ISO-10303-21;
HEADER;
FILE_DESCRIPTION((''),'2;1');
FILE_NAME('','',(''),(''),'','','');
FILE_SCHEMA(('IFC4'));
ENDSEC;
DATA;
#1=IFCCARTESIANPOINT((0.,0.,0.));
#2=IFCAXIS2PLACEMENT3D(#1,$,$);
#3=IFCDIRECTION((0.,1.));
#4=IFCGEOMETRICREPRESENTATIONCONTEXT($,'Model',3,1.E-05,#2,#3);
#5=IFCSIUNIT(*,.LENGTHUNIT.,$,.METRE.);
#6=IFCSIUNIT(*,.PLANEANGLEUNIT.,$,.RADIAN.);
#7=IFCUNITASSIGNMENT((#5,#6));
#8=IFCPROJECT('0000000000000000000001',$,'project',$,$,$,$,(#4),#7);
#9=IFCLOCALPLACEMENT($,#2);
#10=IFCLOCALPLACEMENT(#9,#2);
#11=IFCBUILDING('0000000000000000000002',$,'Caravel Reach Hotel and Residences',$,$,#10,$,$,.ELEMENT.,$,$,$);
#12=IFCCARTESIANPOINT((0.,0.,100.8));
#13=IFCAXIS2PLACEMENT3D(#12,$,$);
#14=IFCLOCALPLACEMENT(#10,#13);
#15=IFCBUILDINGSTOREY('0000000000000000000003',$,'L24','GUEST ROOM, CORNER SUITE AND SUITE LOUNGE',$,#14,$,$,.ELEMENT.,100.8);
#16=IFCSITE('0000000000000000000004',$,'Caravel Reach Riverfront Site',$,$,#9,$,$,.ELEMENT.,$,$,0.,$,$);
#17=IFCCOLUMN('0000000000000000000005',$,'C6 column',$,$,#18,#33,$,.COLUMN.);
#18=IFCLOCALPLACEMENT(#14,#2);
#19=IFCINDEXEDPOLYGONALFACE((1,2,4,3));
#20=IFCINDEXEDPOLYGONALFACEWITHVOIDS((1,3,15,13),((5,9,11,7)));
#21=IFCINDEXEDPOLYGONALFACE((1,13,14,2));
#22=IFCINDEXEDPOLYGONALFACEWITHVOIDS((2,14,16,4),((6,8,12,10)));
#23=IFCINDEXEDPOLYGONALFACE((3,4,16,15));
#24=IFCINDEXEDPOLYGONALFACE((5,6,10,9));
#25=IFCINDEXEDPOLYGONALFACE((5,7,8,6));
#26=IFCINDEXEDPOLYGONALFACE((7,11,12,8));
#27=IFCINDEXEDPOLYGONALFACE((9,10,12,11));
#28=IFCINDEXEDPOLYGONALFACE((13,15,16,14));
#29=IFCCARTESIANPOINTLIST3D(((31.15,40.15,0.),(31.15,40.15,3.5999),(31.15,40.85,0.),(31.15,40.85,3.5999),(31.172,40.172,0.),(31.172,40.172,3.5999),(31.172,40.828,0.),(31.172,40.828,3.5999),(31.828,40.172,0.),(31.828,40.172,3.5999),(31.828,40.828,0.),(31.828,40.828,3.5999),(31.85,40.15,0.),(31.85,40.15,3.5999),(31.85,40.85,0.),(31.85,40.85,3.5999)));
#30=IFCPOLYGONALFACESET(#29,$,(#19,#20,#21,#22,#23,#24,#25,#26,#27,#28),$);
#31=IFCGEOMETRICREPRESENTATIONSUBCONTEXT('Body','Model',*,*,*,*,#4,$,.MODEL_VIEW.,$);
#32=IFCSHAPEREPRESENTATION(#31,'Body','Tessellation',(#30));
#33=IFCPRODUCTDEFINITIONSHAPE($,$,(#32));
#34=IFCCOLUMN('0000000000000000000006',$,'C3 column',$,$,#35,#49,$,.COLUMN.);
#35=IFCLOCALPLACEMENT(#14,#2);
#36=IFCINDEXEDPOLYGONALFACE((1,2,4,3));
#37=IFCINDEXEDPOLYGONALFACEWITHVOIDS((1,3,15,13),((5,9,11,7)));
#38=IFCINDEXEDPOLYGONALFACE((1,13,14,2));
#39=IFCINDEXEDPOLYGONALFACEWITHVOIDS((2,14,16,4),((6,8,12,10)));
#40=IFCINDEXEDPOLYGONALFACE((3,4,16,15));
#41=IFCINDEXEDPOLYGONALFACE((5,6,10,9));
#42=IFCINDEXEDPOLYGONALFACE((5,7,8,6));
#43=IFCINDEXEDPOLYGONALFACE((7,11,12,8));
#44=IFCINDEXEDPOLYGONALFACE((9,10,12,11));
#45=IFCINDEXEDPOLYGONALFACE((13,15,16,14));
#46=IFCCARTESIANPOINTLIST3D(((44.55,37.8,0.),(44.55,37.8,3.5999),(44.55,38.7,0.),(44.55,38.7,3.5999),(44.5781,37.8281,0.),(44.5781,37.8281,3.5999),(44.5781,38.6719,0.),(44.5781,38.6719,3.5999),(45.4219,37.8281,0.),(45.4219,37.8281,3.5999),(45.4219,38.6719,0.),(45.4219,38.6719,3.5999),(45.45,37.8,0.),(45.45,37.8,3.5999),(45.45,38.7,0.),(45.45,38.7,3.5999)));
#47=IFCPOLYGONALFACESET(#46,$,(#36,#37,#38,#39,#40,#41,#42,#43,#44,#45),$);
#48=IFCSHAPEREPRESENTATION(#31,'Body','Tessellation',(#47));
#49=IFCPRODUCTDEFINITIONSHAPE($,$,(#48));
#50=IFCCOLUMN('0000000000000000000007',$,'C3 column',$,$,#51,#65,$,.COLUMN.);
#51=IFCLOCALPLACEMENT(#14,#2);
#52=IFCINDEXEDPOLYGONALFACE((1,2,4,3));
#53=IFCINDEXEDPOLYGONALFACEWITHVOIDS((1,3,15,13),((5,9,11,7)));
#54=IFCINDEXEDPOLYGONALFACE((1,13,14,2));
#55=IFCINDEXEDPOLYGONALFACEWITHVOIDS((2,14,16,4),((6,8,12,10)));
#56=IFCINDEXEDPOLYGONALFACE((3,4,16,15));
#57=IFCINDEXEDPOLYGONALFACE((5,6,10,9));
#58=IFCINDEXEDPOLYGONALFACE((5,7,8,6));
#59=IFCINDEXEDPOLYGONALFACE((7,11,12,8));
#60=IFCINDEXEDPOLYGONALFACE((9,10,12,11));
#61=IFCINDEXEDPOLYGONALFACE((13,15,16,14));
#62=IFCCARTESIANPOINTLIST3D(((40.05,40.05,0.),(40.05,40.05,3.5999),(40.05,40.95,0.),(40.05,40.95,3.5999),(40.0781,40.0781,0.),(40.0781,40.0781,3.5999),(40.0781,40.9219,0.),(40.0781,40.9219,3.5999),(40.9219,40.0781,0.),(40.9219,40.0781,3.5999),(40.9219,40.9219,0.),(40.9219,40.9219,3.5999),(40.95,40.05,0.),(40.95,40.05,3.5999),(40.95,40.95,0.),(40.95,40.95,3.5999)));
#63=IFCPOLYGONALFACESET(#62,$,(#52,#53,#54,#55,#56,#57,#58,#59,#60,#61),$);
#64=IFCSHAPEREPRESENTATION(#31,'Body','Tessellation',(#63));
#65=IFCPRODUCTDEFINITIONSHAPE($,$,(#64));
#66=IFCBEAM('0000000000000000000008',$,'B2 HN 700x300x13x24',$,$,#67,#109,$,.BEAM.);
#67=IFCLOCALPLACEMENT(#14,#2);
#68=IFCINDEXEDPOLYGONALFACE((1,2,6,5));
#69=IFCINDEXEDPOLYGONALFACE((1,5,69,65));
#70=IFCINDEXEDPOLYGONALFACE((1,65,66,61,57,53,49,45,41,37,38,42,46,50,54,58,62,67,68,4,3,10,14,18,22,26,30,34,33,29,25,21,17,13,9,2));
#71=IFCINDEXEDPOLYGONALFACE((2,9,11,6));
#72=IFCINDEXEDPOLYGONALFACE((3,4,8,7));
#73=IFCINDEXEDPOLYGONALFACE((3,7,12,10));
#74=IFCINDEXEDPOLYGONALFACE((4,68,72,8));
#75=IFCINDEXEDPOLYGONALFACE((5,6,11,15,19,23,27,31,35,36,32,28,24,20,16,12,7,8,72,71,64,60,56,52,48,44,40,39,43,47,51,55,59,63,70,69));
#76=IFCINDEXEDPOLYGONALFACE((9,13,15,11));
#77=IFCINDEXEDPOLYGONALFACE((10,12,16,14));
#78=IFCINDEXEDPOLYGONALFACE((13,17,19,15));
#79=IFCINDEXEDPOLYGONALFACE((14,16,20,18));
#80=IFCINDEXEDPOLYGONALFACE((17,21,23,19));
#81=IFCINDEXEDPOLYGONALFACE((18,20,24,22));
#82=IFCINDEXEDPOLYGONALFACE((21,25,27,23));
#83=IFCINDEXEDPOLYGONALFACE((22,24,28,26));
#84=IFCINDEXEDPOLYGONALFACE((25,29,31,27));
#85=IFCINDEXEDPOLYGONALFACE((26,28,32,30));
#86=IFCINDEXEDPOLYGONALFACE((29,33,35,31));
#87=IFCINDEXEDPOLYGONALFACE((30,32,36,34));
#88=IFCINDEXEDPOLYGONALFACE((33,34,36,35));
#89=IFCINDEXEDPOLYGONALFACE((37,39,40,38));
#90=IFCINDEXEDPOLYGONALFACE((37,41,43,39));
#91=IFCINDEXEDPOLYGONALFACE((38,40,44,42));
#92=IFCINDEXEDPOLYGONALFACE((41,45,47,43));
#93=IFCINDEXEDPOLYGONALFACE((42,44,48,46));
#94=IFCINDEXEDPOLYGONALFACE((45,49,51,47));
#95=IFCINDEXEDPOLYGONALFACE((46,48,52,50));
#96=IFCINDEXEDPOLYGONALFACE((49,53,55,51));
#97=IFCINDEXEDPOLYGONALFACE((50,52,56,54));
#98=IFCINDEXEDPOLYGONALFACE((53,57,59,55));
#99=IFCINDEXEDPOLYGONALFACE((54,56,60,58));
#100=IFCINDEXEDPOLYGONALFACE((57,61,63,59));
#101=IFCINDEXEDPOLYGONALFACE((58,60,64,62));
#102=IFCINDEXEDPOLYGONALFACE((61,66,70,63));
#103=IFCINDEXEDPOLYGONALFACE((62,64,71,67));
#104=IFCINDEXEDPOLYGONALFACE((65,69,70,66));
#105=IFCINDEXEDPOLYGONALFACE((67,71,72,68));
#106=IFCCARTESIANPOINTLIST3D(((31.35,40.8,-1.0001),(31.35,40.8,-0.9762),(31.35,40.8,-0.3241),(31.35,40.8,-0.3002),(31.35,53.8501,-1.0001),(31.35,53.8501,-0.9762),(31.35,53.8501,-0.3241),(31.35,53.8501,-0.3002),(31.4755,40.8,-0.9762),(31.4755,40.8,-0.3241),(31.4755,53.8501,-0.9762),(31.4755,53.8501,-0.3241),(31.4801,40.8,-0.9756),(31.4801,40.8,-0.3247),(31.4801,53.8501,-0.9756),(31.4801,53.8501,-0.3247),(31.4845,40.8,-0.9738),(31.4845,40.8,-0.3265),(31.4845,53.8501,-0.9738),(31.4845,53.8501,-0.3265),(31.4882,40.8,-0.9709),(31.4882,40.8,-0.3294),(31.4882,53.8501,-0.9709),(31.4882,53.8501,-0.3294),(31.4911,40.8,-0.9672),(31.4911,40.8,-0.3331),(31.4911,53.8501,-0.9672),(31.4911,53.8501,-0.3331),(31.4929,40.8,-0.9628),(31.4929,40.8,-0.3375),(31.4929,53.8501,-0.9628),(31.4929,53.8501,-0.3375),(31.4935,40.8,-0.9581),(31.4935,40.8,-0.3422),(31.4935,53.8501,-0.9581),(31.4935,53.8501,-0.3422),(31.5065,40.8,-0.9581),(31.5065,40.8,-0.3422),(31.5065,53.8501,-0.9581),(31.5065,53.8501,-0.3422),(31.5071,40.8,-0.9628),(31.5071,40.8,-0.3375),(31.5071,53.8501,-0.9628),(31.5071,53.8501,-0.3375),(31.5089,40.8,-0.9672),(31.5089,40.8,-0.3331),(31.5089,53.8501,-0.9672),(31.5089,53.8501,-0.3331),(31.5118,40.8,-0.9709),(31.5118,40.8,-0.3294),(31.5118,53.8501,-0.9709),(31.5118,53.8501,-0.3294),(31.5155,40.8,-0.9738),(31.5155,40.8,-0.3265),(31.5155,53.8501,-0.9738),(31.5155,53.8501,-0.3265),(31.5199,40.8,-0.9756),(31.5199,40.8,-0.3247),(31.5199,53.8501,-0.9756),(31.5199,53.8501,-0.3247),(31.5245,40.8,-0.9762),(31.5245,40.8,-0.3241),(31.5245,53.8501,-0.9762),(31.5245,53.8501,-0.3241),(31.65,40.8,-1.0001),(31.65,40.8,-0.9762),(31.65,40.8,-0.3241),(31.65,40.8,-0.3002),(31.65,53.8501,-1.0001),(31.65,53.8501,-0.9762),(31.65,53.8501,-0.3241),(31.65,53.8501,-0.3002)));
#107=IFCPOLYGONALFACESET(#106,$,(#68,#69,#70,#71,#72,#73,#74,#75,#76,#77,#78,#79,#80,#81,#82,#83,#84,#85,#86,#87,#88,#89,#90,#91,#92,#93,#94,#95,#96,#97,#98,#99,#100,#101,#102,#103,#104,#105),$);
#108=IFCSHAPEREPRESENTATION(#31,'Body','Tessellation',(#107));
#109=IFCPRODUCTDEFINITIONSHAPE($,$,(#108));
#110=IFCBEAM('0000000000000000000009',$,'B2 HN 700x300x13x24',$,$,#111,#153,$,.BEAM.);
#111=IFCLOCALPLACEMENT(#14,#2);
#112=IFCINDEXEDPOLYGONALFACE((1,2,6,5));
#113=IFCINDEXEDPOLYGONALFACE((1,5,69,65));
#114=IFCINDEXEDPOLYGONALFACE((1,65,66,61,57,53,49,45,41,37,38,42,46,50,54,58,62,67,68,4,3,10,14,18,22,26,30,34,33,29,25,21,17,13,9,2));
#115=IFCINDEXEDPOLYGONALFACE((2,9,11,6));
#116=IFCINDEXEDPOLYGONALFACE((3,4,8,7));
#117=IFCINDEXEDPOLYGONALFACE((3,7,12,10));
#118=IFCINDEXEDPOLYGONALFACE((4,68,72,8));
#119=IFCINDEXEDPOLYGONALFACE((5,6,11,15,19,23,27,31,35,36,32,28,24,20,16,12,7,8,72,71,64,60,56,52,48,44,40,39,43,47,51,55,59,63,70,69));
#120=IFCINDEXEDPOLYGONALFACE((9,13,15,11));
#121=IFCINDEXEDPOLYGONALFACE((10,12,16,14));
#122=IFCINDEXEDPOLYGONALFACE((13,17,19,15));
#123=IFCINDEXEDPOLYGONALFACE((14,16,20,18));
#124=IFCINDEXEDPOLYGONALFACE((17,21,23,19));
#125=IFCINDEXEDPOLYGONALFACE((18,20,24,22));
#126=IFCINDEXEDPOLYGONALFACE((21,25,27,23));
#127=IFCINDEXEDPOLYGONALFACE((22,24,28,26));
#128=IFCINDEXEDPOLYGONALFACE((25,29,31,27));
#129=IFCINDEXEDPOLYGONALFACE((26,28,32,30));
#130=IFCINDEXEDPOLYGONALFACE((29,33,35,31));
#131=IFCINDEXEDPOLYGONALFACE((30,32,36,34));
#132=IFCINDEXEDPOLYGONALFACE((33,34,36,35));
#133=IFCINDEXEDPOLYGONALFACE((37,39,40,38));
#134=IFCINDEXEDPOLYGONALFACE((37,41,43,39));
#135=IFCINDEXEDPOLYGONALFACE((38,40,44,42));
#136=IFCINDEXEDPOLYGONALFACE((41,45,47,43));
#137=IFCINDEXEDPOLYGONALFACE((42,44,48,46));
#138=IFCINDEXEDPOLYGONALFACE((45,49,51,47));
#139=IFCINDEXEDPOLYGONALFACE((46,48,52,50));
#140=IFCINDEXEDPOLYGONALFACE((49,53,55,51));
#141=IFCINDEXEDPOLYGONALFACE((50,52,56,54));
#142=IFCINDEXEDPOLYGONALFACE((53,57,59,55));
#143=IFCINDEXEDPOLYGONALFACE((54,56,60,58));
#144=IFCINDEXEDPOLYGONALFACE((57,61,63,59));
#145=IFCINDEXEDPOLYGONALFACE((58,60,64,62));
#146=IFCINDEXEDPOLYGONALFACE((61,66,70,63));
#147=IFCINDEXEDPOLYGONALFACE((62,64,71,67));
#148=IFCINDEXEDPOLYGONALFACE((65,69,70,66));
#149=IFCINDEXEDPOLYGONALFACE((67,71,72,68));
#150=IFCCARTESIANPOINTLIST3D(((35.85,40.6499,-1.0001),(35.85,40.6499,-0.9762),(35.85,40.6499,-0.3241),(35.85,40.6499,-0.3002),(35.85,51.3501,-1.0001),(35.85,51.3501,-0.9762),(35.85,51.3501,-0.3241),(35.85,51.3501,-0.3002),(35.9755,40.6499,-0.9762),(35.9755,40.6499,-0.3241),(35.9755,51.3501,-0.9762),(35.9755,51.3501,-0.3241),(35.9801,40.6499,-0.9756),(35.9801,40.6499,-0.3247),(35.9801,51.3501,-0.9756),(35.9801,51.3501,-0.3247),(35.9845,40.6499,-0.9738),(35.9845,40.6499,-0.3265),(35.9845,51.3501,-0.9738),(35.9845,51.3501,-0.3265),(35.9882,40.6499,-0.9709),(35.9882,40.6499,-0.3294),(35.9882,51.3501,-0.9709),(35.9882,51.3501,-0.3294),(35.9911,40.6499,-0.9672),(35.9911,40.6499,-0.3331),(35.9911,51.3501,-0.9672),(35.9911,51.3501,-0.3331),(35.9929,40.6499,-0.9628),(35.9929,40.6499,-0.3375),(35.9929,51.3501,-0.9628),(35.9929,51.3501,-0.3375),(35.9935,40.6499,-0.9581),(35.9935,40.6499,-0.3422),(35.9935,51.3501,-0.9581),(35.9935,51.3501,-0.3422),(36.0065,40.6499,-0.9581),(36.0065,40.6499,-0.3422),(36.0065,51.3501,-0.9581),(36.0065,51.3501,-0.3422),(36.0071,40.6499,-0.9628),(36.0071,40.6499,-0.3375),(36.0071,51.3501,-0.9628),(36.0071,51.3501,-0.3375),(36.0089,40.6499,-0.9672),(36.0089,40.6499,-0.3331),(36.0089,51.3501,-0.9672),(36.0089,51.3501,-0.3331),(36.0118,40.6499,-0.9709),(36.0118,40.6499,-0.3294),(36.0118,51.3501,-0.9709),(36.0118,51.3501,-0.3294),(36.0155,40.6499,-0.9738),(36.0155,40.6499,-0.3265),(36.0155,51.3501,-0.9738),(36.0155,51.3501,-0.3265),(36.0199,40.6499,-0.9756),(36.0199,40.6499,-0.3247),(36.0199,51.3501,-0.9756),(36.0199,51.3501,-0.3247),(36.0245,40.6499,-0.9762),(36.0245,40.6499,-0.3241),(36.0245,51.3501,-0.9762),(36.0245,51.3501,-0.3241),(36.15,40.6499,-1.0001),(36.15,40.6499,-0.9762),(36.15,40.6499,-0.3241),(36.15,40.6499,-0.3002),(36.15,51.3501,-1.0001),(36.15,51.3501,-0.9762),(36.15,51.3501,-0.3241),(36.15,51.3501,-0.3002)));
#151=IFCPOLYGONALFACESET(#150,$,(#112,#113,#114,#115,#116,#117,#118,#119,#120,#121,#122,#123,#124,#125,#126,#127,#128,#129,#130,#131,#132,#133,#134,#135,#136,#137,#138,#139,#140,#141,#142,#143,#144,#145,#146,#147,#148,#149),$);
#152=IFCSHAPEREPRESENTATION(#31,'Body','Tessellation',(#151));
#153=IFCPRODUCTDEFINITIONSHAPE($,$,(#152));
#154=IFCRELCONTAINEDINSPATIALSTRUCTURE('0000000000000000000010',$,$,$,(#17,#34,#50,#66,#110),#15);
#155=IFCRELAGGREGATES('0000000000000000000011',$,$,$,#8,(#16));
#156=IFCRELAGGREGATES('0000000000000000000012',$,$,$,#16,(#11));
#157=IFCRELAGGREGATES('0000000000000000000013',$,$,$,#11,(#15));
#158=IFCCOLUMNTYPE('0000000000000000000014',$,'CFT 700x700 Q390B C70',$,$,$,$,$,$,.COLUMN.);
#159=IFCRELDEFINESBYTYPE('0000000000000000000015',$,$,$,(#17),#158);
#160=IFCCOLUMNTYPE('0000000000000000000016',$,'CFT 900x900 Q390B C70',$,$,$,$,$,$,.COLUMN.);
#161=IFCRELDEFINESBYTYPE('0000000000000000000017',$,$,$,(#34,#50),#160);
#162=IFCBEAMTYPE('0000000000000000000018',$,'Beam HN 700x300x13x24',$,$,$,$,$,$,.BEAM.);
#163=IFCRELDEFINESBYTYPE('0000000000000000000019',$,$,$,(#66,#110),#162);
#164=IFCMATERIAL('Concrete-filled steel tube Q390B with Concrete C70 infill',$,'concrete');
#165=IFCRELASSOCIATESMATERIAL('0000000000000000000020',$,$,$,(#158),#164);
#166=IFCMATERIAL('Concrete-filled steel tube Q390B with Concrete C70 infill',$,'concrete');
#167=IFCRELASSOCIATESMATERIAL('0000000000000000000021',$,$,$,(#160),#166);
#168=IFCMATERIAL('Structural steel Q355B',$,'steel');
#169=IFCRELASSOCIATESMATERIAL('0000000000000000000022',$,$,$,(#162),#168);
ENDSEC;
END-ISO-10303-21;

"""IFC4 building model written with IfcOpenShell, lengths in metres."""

from ifc_helpers import new_model, si_unit, direction, frame, origin, origin_2d, place, context, subcontext, project, spatial, hollow_rectangle, i_section, extrude, material, material_profile, profile_set, type_object, element, save


model = new_model("IFC4")

# Units and contexts
model_context = context("Model", 3, precision=1e-05, world=origin(), true_north=direction((0.0, 1.0)))
body_context = subcontext(model_context, "Body", "Model", "MODEL_VIEW")
ifc_project = project(units=[si_unit("LENGTHUNIT", "METRE"), si_unit("PLANEANGLEUNIT", "RADIAN")], contexts=[model_context])

# Site, building, storey
site_placement = place(None, origin())
site = spatial("IfcSite", under=ifc_project, at=site_placement, Name="Caravel Reach Riverfront Site", CompositionType="ELEMENT", RefElevation=0.0)
building_placement = place(site_placement, origin())
building = spatial("IfcBuilding", under=site, at=building_placement, Name="Caravel Reach Hotel and Residences", CompositionType="ELEMENT")
storey_placement = place(building_placement, frame((0.0, 0.0, 100.8)))
storey = spatial("IfcBuildingStorey", under=building, at=storey_placement, Name="L24", Description="GUEST ROOM, CORNER SUITE AND SUITE LOUNGE", CompositionType="ELEMENT", Elevation=100.8)

# Columns
ifc_material_1 = material(Name="Concrete-filled steel tube Q390B with Concrete C70 infill", Category="concrete")
ifc_material_profile_1 = material_profile(ifc_material_1, hollow_rectangle(XDim=0.7, YDim=0.7, WallThickness=0.022, at=origin_2d()), Name="RHS 700x700x22")
ifc_profile_set_1 = profile_set([ifc_material_profile_1], Name="Concrete-filled steel tube Q390B with Concrete C70 infill")
column_type_1 = type_object("IfcColumnType", Name="CFT 700x700 Q390B C70", PredefinedType="COLUMN", material=ifc_profile_set_1)
column_placement = place(storey_placement, frame((31.5, 40.5, 0.0), z_axis=(0.0, 0.0, 1.0), x_axis=(1.0, 0.0, 0.0)))
element("IfcColumn", 1, at=column_placement, inside=storey, type_object=column_type_1, Name="C6 column", PredefinedType="COLUMN", context=body_context, shape_type="SweptSolid", body=[
    extrude(hollow_rectangle(XDim=0.7, YDim=0.7, WallThickness=0.022, at=origin_2d()), origin(), (0.0, 0.0, 1.0), 3.5999),
])
ifc_material_2 = material(Name="Concrete-filled steel tube Q390B with Concrete C70 infill", Category="concrete")
ifc_material_profile_2 = material_profile(ifc_material_2, hollow_rectangle(XDim=0.8999, YDim=0.8999, WallThickness=0.0281, at=origin_2d()), Name="RHS 900x900x28")
ifc_profile_set_2 = profile_set([ifc_material_profile_2], Name="Concrete-filled steel tube Q390B with Concrete C70 infill")
column_type_2 = type_object("IfcColumnType", Name="CFT 900x900 Q390B C70", PredefinedType="COLUMN", material=ifc_profile_set_2)
for number, where, z_axis, x_axis, name in (
    (2, (45.0, 38.25, 0.0), (0.0, 0.0, 1.0), (1.0, 0.0, 0.0), "C3 column"),
    (3, (40.5, 40.5, 0.0), (0.0, 0.0, 1.0), (1.0, 0.0, 0.0), "C3 column"),
):
    element("IfcColumn", number, at=place(storey_placement, frame(where, z_axis=z_axis, x_axis=x_axis)), inside=storey, type_object=column_type_2, Name=name, PredefinedType="COLUMN", context=body_context, shape_type="SweptSolid", body=[
        extrude(hollow_rectangle(XDim=0.8999, YDim=0.8999, WallThickness=0.0281, at=origin_2d()), origin(), (0.0, 0.0, 1.0), 3.5999),
    ])

# Beams
ifc_material_3 = material(Name="Structural steel Q355B", Category="steel")
ifc_material_profile_3 = material_profile(ifc_material_3, i_section(OverallWidth=0.3, OverallDepth=0.7, WebThickness=0.0129, FlangeThickness=0.0239, FilletRadius=0.0181, at=origin_2d()), Name="HN 700x300x13x24")
ifc_profile_set_3 = profile_set([ifc_material_profile_3], Name="Structural steel Q355B")
beam_type_1 = type_object("IfcBeamType", Name="Beam HN 700x300x13x24", PredefinedType="BEAM", material=ifc_profile_set_3)
beam_1_placement = place(storey_placement, frame((31.5, 40.8, -0.6501), z_axis=(0.0, 1.0, 0.0), x_axis=(-1.0, 0.0, 0.0)))
element("IfcBeam", 4, at=beam_1_placement, inside=storey, type_object=beam_type_1, Name="B2 HN 700x300x13x24", PredefinedType="BEAM", context=body_context, shape_type="SweptSolid", body=[
    extrude(i_section(OverallWidth=0.3, OverallDepth=0.7, WebThickness=0.0129, FlangeThickness=0.0239, FilletRadius=0.0181, at=origin_2d()), origin(), (0.0, 0.0, 1.0), 13.05),
])
beam_2_placement = place(storey_placement, frame((36.0, 40.6499, -0.6501), z_axis=(0.0, 1.0, 0.0), x_axis=(-1.0, 0.0, 0.0)))
element("IfcBeam", 5, at=beam_2_placement, inside=storey, type_object=beam_type_1, Name="B2 HN 700x300x13x24", PredefinedType="BEAM", context=body_context, shape_type="SweptSolid", body=[
    extrude(i_section(OverallWidth=0.3, OverallDepth=0.7, WebThickness=0.0129, FlangeThickness=0.0239, FilletRadius=0.0181, at=origin_2d()), origin(), (0.0, 0.0, 1.0), 10.7002),
])

save(model, "model.ifc")
